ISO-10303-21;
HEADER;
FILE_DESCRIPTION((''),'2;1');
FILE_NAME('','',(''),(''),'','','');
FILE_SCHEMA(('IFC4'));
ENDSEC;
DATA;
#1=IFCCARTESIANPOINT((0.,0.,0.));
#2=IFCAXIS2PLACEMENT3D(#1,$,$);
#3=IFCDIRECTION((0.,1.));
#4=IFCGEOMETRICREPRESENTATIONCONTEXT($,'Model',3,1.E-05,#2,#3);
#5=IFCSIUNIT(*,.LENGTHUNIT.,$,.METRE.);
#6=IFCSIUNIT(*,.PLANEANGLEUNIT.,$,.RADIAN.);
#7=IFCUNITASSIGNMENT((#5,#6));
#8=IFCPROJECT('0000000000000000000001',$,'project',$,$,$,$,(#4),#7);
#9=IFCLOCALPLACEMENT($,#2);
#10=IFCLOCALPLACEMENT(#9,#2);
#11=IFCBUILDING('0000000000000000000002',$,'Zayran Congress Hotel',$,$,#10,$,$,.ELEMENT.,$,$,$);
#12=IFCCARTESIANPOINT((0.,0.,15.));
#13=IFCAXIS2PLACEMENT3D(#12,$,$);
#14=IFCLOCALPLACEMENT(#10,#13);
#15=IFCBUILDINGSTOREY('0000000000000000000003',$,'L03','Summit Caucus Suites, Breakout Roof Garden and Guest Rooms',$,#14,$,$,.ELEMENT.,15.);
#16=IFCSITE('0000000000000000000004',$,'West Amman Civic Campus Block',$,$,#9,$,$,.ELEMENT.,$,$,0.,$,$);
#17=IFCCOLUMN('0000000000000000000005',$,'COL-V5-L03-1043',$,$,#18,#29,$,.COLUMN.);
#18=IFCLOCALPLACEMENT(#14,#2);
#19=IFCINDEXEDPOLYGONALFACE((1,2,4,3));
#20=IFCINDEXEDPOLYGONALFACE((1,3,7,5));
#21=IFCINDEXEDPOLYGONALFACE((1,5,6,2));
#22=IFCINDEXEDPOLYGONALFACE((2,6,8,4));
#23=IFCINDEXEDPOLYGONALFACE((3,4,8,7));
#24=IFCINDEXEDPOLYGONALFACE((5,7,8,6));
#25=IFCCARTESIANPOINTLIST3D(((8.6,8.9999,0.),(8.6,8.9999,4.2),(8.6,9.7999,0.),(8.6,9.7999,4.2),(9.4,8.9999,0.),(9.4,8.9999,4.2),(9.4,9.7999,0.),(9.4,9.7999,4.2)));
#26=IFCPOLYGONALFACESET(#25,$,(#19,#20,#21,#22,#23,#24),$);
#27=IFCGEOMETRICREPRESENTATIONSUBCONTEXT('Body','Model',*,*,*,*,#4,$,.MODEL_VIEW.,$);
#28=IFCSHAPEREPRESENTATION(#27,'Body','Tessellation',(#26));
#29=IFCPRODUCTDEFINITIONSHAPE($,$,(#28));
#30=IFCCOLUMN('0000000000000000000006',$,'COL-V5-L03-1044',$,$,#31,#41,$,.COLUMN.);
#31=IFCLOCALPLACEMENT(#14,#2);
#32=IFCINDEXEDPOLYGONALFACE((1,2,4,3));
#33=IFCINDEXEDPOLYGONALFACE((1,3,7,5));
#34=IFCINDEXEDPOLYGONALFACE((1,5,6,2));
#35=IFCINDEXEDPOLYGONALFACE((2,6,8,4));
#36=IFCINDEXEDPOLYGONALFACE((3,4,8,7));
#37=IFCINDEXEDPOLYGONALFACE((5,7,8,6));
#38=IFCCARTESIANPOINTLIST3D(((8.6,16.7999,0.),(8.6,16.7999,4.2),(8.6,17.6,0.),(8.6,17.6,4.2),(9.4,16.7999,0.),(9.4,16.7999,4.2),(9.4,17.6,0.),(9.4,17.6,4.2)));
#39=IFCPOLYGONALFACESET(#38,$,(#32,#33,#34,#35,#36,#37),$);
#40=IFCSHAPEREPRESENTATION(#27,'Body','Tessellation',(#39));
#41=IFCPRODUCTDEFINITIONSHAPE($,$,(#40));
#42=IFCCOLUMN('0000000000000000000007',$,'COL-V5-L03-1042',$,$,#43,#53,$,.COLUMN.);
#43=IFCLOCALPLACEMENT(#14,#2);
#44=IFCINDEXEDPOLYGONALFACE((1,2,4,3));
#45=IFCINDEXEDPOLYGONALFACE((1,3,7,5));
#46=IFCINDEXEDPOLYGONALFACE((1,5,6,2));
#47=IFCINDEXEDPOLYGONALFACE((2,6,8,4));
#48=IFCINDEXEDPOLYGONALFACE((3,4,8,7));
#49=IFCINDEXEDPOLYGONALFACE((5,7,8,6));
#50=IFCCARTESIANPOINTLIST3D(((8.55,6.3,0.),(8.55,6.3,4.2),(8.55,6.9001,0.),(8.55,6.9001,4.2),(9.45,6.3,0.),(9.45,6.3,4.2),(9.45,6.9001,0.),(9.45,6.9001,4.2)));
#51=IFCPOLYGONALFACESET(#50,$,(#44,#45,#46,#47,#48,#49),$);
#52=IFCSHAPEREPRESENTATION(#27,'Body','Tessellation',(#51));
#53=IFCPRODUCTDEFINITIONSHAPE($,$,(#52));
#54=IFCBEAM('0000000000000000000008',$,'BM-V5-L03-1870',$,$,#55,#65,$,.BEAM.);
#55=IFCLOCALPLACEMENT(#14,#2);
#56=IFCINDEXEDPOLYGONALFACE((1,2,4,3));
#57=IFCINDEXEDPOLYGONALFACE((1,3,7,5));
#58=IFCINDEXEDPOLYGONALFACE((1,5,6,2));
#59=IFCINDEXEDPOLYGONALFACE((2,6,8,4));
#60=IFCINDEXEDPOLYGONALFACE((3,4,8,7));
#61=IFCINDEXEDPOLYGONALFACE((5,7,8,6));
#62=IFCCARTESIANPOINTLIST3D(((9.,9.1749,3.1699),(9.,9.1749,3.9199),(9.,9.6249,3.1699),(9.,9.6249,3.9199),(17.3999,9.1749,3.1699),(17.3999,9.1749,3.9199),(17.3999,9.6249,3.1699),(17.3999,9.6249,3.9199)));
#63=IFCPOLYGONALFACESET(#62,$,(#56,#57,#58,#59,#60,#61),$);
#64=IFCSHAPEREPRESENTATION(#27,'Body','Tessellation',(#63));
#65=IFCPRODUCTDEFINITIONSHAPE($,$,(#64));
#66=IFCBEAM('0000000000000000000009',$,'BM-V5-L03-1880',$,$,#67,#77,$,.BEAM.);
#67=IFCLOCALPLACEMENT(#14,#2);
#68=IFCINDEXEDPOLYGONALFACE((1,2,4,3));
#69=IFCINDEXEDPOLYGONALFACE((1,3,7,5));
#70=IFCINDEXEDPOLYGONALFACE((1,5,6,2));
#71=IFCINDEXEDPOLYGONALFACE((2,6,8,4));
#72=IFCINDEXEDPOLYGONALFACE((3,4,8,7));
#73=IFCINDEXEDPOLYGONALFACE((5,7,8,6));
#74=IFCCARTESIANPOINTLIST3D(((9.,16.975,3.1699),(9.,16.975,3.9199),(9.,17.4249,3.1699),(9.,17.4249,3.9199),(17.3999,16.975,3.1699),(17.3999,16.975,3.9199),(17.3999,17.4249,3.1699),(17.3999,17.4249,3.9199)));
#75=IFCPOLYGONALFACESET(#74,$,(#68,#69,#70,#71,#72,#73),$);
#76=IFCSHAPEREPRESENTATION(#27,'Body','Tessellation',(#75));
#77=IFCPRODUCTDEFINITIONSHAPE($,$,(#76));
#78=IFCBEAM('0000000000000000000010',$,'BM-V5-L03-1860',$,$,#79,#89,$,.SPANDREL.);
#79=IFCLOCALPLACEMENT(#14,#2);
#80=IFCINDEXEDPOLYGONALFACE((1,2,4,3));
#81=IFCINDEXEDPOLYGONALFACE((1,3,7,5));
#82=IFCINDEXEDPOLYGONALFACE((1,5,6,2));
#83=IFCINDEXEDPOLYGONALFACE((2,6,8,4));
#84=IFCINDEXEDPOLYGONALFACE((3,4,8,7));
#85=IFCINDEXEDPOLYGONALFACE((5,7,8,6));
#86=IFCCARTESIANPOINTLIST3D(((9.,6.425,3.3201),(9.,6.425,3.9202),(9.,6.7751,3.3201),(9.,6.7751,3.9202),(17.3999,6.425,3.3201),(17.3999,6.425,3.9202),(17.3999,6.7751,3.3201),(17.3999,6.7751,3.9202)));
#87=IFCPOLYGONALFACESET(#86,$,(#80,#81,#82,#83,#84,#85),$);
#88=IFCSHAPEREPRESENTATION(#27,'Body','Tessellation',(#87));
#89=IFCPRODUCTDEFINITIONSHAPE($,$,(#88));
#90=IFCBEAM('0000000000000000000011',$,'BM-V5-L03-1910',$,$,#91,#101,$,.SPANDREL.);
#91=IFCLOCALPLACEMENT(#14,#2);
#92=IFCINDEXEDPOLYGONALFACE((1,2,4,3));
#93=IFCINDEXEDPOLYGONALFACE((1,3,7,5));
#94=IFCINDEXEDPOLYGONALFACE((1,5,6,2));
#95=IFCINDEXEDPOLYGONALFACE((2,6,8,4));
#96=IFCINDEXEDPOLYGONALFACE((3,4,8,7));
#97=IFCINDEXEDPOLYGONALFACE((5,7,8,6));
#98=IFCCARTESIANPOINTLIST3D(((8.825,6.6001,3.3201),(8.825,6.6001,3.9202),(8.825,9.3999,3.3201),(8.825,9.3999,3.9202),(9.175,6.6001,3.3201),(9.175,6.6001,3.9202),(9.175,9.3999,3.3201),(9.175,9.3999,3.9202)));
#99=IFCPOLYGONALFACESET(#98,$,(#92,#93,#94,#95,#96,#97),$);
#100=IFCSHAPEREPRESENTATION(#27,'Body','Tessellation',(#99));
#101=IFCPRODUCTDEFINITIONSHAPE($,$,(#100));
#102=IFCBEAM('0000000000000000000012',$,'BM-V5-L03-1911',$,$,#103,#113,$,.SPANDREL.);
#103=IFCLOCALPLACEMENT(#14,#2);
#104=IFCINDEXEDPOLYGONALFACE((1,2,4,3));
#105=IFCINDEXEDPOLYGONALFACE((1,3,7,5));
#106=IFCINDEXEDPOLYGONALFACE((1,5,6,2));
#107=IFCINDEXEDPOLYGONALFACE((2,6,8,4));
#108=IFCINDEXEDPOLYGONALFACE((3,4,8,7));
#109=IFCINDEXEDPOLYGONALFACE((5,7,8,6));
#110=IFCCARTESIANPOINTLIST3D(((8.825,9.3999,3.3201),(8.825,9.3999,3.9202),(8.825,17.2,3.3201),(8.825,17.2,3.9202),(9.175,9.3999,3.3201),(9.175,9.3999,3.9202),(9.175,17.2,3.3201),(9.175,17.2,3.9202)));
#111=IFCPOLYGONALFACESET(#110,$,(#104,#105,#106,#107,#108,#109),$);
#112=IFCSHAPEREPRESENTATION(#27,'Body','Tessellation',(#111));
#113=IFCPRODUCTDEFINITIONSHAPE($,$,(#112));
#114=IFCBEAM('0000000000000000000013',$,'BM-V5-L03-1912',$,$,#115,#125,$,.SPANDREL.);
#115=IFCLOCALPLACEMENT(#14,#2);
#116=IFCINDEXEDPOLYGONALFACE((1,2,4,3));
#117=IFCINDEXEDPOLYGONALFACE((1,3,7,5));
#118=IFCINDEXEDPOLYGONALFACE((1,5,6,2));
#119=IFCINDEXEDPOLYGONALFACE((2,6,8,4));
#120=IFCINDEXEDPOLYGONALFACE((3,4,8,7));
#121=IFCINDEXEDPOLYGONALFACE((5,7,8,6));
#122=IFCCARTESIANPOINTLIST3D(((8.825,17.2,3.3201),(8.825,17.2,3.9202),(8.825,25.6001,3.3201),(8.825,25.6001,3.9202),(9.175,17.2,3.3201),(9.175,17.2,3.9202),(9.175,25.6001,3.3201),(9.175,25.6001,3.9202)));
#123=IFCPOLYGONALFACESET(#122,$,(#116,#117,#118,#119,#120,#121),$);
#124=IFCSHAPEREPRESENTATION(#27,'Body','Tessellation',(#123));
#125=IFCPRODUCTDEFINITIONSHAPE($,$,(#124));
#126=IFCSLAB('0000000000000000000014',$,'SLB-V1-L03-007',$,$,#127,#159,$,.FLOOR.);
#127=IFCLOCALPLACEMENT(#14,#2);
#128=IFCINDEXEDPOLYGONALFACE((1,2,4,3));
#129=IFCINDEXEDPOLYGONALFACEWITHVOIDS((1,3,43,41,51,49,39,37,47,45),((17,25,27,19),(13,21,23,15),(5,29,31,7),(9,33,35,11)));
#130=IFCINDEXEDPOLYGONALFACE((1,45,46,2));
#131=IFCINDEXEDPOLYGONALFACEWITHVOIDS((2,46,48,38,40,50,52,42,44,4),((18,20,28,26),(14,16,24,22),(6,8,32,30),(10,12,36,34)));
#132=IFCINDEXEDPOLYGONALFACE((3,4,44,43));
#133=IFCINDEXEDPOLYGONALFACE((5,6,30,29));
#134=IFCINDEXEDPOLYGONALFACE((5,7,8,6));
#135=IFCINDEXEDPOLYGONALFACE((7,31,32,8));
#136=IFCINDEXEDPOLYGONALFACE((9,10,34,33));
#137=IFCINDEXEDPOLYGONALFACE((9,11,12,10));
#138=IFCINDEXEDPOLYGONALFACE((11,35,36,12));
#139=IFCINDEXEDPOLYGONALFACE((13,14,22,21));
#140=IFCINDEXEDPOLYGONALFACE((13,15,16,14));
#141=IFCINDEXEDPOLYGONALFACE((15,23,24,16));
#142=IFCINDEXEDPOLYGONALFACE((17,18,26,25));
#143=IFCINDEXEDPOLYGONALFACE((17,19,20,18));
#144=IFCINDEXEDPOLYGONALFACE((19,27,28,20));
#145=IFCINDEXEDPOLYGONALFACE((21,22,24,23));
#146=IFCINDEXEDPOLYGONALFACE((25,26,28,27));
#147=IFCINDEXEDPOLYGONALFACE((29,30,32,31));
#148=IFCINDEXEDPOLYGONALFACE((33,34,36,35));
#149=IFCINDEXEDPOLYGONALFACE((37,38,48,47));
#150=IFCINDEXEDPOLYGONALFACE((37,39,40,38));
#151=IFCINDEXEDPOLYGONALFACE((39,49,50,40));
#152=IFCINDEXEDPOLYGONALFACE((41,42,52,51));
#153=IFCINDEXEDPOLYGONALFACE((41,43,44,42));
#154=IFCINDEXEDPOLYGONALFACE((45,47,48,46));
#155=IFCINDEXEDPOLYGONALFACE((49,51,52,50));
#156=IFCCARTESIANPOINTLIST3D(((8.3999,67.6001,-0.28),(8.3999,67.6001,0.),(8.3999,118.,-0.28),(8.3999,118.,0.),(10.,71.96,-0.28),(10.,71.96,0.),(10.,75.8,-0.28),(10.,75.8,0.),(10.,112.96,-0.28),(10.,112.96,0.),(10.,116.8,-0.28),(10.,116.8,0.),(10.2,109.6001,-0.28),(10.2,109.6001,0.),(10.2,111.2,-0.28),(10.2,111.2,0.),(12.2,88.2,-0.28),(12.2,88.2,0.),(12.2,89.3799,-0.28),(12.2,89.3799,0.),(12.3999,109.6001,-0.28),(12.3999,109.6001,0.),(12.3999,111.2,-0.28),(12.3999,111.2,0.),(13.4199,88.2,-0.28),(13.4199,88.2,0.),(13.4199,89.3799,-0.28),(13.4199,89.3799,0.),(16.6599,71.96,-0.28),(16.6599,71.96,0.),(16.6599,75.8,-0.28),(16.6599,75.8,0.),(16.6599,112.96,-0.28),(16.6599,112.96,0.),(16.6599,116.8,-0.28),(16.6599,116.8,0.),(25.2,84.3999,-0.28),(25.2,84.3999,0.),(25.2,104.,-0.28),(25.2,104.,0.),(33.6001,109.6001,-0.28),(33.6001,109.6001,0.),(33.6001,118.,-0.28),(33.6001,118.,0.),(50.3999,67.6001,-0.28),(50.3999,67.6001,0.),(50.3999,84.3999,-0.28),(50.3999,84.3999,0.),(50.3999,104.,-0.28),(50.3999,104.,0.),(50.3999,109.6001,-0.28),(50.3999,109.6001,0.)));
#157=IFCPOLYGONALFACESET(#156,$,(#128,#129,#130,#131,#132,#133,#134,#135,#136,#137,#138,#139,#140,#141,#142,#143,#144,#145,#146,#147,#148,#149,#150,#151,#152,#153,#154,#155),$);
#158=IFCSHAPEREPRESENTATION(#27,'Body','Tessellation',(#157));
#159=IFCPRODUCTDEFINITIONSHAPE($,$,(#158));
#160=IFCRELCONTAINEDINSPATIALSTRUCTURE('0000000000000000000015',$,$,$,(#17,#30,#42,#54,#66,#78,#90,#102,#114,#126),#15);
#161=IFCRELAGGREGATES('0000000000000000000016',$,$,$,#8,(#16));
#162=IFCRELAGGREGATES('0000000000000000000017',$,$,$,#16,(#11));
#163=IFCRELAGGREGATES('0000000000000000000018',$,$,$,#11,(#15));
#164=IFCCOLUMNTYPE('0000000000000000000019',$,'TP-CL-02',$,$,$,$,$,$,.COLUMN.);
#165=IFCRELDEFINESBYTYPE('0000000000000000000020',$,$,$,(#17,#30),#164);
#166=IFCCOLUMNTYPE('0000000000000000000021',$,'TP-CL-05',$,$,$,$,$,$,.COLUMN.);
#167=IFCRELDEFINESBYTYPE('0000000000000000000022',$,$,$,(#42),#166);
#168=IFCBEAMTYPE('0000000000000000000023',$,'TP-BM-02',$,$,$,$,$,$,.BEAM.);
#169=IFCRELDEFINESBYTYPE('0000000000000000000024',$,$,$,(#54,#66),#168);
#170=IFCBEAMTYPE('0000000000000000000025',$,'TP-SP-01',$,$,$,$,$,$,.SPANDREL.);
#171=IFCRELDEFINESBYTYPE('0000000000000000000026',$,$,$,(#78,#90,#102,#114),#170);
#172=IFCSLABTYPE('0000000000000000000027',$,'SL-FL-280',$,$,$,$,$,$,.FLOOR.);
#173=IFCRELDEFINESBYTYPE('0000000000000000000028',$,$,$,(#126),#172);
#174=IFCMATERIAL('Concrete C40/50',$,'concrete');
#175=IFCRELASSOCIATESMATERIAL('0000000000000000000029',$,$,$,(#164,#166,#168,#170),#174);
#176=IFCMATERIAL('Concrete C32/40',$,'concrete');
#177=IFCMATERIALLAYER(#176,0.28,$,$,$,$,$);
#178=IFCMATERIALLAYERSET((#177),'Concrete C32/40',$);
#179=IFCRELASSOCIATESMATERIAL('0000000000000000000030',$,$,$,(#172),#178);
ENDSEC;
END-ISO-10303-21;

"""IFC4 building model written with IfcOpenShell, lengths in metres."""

from ifc_helpers import new_model, si_unit, direction, frame, origin, origin_2d, place, context, subcontext, project, spatial, polyline, rectangle, outline, extrude, material, layer, layer_set, material_profile, profile_set, type_object, element, save


model = new_model("IFC4")

# Units and contexts
model_context = context("Model", 3, precision=1e-05, world=origin(), true_north=direction((0.0, 1.0)))
body_context = subcontext(model_context, "Body", "Model", "MODEL_VIEW")
ifc_project = project(units=[si_unit("LENGTHUNIT", "METRE"), si_unit("PLANEANGLEUNIT", "RADIAN")], contexts=[model_context])

# Site, building, storey
site_placement = place(None, origin())
site = spatial("IfcSite", under=ifc_project, at=site_placement, Name="West Amman Civic Campus Block", CompositionType="ELEMENT", RefElevation=0.0)
building_placement = place(site_placement, origin())
building = spatial("IfcBuilding", under=site, at=building_placement, Name="Zayran Congress Hotel", CompositionType="ELEMENT")
storey_placement = place(building_placement, frame((0.0, 0.0, 15.0)))
storey = spatial("IfcBuildingStorey", under=building, at=storey_placement, Name="L03", Description="Summit Caucus Suites, Breakout Roof Garden and Guest Rooms", CompositionType="ELEMENT", Elevation=15.0)

# Columns
ifc_material_1 = material(Name="Concrete C40/50", Category="concrete")
ifc_material_profile_1 = material_profile(ifc_material_1, rectangle(XDim=0.8, YDim=0.8, at=origin_2d()), Name="RC 800x800")
ifc_profile_set_1 = profile_set([ifc_material_profile_1], Name="Concrete C40/50")
column_type_1 = type_object("IfcColumnType", Name="TP-CL-02", PredefinedType="COLUMN", material=ifc_profile_set_1)
for number, where, z_axis, x_axis, name in (
    (1, (9.0, 9.3999, 0.0), (0.0, 0.0, 1.0), (1.0, 0.0, 0.0), "COL-V5-L03-1043"),
    (2, (9.0, 17.2, 0.0), (0.0, 0.0, 1.0), (1.0, 0.0, 0.0), "COL-V5-L03-1044"),
):
    element("IfcColumn", number, at=place(storey_placement, frame(where, z_axis=z_axis, x_axis=x_axis)), inside=storey, type_object=column_type_1, Name=name, PredefinedType="COLUMN", context=body_context, shape_type="SweptSolid", body=[
        extrude(rectangle(XDim=0.8, YDim=0.8, at=origin_2d()), origin(), (0.0, 0.0, 1.0), 4.2),
    ])
ifc_material_profile_2 = material_profile(ifc_material_1, rectangle(XDim=0.6001, YDim=0.8999, at=origin_2d()), Name="RC 900x600")
ifc_profile_set_2 = profile_set([ifc_material_profile_2], Name="Concrete C40/50")
column_type_2 = type_object("IfcColumnType", Name="TP-CL-05", PredefinedType="COLUMN", material=ifc_profile_set_2)
column_placement = place(storey_placement, frame((9.0, 6.6001, 0.0), z_axis=(0.0, 0.0, 1.0), x_axis=(0.0, 1.0, 0.0)))
element("IfcColumn", 3, at=column_placement, inside=storey, type_object=column_type_2, Name="COL-V5-L03-1042", PredefinedType="COLUMN", context=body_context, shape_type="SweptSolid", body=[
    extrude(rectangle(XDim=0.6001, YDim=0.8999, at=origin_2d()), origin(), (0.0, 0.0, 1.0), 4.2),
])

# Beams
ifc_material_profile_3 = material_profile(ifc_material_1, rectangle(XDim=0.45, YDim=0.75, at=origin_2d()), Name="RC 450x750")
ifc_profile_set_3 = profile_set([ifc_material_profile_3], Name="Concrete C40/50")
beam_type_1 = type_object("IfcBeamType", Name="TP-BM-02", PredefinedType="BEAM", material=ifc_profile_set_3)
for number, where, z_axis, x_axis, name in (
    (4, (9.0, 9.3999, 3.5449), (1.0, 0.0, 0.0), (0.0, 1.0, 0.0), "BM-V5-L03-1870"),
    (5, (9.0, 17.2, 3.5449), (1.0, 0.0, 0.0), (0.0, 1.0, 0.0), "BM-V5-L03-1880"),
):
    element("IfcBeam", number, at=place(storey_placement, frame(where, z_axis=z_axis, x_axis=x_axis)), inside=storey, type_object=beam_type_1, Name=name, PredefinedType="BEAM", context=body_context, shape_type="SweptSolid", body=[
        extrude(rectangle(XDim=0.45, YDim=0.75, at=origin_2d()), origin(), (0.0, 0.0, 1.0), 8.3999),
    ])
ifc_material_profile_4 = material_profile(ifc_material_1, rectangle(XDim=0.3501, YDim=0.6001, at=origin_2d()), Name="RC 350x600")
ifc_profile_set_4 = profile_set([ifc_material_profile_4], Name="Concrete C40/50")
beam_type_2 = type_object("IfcBeamType", Name="TP-SP-01", PredefinedType="SPANDREL", material=ifc_profile_set_4)
beam_1_placement = place(storey_placement, frame((9.0, 6.6001, 3.6201), z_axis=(1.0, 0.0, 0.0), x_axis=(0.0, 1.0, 0.0)))
element("IfcBeam", 6, at=beam_1_placement, inside=storey, type_object=beam_type_2, Name="BM-V5-L03-1860", PredefinedType="SPANDREL", context=body_context, shape_type="SweptSolid", body=[
    extrude(rectangle(XDim=0.3501, YDim=0.6001, at=origin_2d()), origin(), (0.0, 0.0, 1.0), 8.3999),
])
beam_2_placement = place(storey_placement, frame((9.0, 6.6001, 3.6201), z_axis=(0.0, 1.0, 0.0), x_axis=(-1.0, 0.0, 0.0)))
element("IfcBeam", 7, at=beam_2_placement, inside=storey, type_object=beam_type_2, Name="BM-V5-L03-1910", PredefinedType="SPANDREL", context=body_context, shape_type="SweptSolid", body=[
    extrude(rectangle(XDim=0.3501, YDim=0.6001, at=origin_2d()), origin(), (0.0, 0.0, 1.0), 2.7998),
])
beam_3_placement = place(storey_placement, frame((9.0, 9.3999, 3.6201), z_axis=(0.0, 1.0, 0.0), x_axis=(-1.0, 0.0, 0.0)))
element("IfcBeam", 8, at=beam_3_placement, inside=storey, type_object=beam_type_2, Name="BM-V5-L03-1911", PredefinedType="SPANDREL", context=body_context, shape_type="SweptSolid", body=[
    extrude(rectangle(XDim=0.3501, YDim=0.6001, at=origin_2d()), origin(), (0.0, 0.0, 1.0), 7.8),
])
beam_4_placement = place(storey_placement, frame((9.0, 17.2, 3.6201), z_axis=(0.0, 1.0, 0.0), x_axis=(-1.0, 0.0, 0.0)))
element("IfcBeam", 9, at=beam_4_placement, inside=storey, type_object=beam_type_2, Name="BM-V5-L03-1912", PredefinedType="SPANDREL", context=body_context, shape_type="SweptSolid", body=[
    extrude(rectangle(XDim=0.3501, YDim=0.6001, at=origin_2d()), origin(), (0.0, 0.0, 1.0), 8.4001),
])

# Slab
ifc_material_2 = material(Name="Concrete C32/40", Category="concrete")
ifc_layer_1 = layer(ifc_material_2, 0.28)
ifc_layer_set_1 = layer_set([ifc_layer_1], Name="Concrete C32/40")
slab_type_1 = type_object("IfcSlabType", Name="SL-FL-280", PredefinedType="FLOOR", material=ifc_layer_set_1)
slab_1_placement = place(storey_placement, frame((0.0, 0.0, -0.28)))
element("IfcSlab", 10, at=slab_1_placement, inside=storey, type_object=slab_type_1, Name="SLB-V1-L03-007", PredefinedType="FLOOR", context=body_context, shape_type="SweptSolid", body=[
    extrude(outline(polyline([(8.3999, 67.6001), (50.3999, 67.6001), (50.3999, 84.3999), (25.2, 84.3999), (25.2, 104.0), (50.3999, 104.0), (50.3999, 109.6001), (33.6001, 109.6001), (33.6001, 118.0), (8.3999, 118.0), (8.3999, 67.6001)]), holes=[polyline([(10.0, 112.96), (16.6599, 112.96), (16.6599, 116.8), (10.0, 116.8), (10.0, 112.96)]), polyline([(10.2, 109.6001), (12.3999, 109.6001), (12.3999, 111.2), (10.2, 111.2), (10.2, 109.6001)]), polyline([(10.0, 71.96), (16.6599, 71.96), (16.6599, 75.8), (10.0, 75.8), (10.0, 71.96)]), polyline([(12.2, 88.2), (13.4199, 88.2), (13.4199, 89.3799), (12.2, 89.3799), (12.2, 88.2)])]), origin(), (0.0, 0.0, 1.0), 0.28),
])

save(model, "model.ifc")
